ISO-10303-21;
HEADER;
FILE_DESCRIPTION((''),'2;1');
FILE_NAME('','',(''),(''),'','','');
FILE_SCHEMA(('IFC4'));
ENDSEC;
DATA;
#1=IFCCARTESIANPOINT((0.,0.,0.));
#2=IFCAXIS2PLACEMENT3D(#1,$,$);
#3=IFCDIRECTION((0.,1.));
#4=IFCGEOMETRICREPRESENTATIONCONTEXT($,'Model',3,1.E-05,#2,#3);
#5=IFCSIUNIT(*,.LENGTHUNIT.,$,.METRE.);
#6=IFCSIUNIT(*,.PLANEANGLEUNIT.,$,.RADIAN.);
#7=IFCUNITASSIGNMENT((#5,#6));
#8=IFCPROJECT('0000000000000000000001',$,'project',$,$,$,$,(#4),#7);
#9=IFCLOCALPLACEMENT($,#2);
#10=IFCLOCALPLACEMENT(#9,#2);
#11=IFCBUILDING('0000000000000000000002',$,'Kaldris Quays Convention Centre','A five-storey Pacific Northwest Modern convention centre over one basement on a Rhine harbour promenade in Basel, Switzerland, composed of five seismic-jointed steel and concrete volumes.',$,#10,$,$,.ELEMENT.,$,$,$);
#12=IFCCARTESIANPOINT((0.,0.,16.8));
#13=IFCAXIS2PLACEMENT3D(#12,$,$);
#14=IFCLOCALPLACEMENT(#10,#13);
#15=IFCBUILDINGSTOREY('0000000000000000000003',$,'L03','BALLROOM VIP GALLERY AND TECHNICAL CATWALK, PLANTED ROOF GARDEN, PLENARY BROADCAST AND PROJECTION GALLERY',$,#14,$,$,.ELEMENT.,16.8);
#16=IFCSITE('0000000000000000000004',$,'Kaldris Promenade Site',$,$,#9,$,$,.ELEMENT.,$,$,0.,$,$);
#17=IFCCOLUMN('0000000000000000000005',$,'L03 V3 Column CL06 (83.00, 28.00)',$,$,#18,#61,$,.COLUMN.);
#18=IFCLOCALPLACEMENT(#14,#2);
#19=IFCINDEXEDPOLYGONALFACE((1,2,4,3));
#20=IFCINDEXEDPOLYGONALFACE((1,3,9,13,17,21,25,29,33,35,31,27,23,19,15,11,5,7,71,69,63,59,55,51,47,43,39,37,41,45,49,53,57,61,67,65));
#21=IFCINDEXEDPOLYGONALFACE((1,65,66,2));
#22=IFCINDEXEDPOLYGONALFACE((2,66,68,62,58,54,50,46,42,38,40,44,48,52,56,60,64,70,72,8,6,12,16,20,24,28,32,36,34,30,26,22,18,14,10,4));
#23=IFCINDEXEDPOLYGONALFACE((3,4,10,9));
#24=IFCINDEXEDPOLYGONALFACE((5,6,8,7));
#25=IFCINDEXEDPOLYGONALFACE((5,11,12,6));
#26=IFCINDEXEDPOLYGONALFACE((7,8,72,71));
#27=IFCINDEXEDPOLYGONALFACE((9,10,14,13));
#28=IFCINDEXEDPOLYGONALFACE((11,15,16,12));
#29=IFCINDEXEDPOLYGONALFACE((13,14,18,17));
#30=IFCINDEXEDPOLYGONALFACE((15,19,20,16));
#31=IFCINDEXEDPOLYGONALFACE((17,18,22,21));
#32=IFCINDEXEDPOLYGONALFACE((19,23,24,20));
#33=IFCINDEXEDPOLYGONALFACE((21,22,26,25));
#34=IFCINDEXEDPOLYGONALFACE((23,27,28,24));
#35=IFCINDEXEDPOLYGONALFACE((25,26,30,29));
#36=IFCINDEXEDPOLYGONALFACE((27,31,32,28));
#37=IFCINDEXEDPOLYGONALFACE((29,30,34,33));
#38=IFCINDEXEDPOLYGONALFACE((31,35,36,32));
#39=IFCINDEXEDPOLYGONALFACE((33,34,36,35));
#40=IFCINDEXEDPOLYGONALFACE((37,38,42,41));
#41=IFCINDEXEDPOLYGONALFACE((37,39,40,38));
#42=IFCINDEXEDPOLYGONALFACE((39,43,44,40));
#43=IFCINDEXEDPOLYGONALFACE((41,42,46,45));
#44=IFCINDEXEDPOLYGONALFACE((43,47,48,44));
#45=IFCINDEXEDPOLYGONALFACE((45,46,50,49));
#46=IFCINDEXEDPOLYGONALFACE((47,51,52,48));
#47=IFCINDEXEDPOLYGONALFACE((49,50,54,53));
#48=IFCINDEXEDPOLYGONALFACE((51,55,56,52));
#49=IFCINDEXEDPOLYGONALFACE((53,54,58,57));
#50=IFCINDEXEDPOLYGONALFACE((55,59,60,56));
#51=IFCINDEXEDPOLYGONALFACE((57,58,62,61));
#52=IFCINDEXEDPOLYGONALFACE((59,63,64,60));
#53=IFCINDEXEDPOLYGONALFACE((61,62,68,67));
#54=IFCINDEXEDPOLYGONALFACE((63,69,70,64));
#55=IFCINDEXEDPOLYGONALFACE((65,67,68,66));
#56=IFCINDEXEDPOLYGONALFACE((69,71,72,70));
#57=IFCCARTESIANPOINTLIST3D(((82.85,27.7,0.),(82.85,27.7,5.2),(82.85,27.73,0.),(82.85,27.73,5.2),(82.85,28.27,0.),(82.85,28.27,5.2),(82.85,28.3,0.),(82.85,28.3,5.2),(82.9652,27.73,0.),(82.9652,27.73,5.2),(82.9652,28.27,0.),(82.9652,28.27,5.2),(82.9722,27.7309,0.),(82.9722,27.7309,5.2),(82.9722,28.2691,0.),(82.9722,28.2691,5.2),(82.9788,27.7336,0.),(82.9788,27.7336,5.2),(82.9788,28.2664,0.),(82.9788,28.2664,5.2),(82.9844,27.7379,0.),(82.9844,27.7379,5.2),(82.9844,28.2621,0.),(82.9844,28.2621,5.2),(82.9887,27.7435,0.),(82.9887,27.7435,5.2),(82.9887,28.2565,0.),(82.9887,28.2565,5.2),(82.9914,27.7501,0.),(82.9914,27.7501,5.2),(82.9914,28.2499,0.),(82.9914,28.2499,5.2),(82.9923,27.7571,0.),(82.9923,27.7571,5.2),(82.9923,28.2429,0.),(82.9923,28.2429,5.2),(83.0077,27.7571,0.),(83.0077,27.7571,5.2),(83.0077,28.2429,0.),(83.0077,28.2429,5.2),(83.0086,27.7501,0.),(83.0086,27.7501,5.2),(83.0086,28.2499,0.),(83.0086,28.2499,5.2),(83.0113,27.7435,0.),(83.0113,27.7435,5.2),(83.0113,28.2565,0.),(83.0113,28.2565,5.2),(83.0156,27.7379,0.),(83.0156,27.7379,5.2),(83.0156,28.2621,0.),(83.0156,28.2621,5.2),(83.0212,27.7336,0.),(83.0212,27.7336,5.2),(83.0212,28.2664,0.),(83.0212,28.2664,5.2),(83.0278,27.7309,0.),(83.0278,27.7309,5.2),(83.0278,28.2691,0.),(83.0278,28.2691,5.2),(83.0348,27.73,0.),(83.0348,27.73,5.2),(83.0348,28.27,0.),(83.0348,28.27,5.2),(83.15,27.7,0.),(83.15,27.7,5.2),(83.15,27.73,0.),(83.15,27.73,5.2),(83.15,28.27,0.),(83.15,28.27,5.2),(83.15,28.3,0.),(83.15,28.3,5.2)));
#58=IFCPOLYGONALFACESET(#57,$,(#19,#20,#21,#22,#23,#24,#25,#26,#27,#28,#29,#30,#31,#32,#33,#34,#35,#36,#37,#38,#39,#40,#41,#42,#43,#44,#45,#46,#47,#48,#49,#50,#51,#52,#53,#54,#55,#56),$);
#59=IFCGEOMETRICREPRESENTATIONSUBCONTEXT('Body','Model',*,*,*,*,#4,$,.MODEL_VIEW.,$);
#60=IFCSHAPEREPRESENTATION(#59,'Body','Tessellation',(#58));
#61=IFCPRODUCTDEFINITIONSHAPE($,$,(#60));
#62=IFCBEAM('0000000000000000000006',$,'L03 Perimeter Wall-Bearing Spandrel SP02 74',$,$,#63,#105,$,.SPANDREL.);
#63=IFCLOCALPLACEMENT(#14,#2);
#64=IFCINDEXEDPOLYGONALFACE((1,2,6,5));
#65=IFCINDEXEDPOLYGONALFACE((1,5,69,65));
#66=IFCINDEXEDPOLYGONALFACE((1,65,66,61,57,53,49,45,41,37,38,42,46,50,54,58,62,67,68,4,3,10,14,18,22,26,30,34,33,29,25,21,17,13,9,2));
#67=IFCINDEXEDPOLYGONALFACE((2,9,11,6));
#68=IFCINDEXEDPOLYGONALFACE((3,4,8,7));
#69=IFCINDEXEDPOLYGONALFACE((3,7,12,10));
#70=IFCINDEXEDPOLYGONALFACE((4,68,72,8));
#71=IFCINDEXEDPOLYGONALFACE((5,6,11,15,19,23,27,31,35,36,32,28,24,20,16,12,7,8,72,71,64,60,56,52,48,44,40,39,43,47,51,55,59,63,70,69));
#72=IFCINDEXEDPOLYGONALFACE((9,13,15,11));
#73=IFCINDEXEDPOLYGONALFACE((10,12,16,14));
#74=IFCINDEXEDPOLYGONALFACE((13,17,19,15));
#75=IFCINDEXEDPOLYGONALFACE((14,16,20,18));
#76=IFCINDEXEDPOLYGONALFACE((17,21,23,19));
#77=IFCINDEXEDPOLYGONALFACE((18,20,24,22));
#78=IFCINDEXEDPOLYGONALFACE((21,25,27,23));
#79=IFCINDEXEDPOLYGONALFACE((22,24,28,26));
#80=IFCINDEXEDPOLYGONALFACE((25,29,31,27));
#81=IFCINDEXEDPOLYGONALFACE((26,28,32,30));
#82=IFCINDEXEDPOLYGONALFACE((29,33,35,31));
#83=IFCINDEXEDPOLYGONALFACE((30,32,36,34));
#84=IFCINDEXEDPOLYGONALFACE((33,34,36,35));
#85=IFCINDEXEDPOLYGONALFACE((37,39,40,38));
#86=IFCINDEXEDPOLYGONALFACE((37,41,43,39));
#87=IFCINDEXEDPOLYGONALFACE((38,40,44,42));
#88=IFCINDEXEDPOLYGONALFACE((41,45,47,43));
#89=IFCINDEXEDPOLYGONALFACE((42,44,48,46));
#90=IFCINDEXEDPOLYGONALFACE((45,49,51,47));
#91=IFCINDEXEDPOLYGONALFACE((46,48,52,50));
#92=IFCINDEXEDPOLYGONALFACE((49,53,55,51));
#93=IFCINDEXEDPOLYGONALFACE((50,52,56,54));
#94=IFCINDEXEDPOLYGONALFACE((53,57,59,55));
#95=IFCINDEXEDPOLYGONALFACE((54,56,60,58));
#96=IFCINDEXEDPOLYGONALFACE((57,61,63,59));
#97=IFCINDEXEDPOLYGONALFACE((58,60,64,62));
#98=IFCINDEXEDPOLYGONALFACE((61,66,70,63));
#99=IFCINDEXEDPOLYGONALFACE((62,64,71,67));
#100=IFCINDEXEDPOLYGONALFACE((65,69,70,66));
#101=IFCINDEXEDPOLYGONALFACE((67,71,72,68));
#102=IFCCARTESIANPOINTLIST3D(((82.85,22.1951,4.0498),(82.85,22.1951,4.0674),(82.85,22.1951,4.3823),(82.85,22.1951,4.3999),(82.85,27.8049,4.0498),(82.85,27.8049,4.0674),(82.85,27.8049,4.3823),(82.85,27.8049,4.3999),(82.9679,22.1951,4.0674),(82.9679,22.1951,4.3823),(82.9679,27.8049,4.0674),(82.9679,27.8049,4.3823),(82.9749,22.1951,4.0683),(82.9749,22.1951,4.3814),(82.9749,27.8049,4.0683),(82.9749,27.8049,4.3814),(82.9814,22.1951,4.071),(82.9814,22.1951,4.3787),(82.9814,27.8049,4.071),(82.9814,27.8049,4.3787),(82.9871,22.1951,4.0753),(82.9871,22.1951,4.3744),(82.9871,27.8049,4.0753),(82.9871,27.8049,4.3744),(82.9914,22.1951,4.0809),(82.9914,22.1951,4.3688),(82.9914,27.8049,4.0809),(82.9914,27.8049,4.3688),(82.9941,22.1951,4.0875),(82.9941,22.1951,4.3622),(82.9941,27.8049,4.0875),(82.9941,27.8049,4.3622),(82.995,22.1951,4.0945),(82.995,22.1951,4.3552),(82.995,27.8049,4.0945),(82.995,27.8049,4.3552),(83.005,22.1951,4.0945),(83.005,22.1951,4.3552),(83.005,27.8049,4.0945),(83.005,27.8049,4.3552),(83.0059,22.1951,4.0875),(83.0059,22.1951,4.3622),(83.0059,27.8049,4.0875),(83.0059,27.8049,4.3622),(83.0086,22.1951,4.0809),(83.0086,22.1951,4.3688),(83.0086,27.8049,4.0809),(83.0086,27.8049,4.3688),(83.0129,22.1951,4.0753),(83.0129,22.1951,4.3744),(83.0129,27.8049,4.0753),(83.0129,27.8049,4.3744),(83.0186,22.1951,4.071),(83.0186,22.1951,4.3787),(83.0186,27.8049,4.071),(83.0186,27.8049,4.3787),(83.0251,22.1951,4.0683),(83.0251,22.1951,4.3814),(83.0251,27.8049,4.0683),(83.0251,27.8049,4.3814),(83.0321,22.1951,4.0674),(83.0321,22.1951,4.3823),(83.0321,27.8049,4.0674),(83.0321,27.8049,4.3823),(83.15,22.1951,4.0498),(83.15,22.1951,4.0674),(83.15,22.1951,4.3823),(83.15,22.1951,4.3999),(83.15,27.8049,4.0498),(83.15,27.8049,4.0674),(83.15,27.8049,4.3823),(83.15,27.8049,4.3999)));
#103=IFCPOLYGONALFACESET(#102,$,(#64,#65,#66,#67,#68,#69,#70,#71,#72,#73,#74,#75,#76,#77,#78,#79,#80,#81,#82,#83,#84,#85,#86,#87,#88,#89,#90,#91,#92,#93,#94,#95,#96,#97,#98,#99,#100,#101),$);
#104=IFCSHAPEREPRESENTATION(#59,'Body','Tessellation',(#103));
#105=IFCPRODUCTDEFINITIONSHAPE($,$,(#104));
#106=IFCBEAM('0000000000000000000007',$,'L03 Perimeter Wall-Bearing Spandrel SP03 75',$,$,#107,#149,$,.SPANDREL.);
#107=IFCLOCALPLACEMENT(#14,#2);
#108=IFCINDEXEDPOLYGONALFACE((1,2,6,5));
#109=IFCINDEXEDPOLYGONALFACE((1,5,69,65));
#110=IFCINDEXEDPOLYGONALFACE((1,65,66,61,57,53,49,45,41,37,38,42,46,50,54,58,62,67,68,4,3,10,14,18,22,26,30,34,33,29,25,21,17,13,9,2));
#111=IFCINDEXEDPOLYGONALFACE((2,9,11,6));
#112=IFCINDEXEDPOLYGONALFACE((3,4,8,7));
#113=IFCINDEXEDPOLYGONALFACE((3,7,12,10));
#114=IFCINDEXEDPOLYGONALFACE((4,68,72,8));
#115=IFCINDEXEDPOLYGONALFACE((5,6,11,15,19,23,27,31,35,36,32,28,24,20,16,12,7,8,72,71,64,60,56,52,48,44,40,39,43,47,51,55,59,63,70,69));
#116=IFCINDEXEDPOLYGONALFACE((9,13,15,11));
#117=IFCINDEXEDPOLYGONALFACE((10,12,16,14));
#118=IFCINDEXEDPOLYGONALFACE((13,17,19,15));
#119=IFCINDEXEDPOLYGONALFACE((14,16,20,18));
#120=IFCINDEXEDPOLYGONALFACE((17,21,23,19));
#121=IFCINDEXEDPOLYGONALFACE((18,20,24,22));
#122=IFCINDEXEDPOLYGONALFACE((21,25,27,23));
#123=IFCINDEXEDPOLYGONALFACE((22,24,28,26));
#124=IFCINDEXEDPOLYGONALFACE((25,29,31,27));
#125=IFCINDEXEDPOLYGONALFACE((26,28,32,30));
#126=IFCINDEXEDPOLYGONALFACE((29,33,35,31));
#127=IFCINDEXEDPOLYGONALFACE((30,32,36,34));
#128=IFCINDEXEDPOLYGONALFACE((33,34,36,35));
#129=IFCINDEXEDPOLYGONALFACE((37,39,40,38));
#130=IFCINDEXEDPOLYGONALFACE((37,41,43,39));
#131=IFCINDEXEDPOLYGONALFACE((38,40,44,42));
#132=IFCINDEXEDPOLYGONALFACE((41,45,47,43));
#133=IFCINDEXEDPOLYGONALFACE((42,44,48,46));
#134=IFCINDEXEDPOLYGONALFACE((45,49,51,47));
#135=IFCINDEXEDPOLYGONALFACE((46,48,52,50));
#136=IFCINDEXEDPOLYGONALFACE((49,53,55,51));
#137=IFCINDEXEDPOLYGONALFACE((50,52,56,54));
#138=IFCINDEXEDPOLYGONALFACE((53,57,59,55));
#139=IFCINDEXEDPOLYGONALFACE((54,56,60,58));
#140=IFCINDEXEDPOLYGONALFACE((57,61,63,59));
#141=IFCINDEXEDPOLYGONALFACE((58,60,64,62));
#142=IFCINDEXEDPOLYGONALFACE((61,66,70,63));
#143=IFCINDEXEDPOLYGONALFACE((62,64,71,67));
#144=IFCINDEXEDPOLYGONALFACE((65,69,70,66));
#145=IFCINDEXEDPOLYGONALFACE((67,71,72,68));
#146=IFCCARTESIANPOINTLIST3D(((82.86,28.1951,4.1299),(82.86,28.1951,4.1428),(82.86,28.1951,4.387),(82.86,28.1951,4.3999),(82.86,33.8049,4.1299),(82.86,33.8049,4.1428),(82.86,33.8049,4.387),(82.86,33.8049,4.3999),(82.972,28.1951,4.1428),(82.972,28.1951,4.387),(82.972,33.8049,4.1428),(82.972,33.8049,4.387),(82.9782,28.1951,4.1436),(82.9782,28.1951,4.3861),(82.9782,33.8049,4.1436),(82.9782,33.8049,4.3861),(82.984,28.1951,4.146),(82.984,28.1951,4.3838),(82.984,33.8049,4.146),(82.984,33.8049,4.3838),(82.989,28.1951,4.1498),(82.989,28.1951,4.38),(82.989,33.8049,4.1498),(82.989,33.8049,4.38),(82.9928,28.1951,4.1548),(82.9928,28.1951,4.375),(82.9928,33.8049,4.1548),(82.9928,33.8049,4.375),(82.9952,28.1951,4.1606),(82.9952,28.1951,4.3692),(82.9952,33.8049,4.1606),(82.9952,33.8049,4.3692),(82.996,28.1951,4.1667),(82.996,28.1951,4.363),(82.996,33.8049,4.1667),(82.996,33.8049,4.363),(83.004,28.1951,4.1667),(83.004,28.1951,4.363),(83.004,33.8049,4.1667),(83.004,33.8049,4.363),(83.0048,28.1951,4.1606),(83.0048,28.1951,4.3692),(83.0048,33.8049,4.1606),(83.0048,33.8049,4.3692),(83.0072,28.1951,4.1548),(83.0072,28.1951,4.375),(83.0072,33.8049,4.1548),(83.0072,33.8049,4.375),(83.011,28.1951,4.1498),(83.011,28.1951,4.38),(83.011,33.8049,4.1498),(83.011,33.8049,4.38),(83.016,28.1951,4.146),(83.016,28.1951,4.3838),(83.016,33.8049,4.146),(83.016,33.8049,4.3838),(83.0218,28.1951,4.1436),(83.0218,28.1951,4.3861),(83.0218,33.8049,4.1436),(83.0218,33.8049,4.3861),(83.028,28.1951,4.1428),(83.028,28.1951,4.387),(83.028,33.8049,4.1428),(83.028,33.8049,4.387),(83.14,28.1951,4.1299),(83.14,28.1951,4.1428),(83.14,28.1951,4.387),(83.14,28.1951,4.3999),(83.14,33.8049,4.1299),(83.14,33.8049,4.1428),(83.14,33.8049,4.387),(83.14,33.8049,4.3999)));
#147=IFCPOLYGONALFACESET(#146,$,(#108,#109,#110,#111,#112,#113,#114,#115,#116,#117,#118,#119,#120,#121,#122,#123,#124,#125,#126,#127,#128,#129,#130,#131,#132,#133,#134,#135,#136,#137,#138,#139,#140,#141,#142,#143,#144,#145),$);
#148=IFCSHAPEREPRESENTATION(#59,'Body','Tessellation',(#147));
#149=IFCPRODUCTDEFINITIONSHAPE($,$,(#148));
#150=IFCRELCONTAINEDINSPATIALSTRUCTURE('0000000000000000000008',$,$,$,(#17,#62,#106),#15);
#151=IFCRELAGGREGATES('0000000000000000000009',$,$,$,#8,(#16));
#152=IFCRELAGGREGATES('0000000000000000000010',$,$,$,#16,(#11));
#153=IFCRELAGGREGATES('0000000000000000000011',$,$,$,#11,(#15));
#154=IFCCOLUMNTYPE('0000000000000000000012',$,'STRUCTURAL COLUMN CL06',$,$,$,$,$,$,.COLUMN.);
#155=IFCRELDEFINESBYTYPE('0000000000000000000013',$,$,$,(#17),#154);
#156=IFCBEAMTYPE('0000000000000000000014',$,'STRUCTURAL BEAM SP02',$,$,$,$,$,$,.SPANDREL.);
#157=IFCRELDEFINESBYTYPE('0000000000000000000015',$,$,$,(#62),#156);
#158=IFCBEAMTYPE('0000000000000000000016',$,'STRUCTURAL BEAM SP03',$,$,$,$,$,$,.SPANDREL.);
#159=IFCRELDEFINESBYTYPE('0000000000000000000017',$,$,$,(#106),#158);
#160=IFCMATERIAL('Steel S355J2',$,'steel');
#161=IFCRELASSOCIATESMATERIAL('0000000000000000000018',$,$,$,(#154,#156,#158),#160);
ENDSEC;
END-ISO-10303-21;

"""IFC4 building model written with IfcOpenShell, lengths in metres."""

from ifc_helpers import new_model, si_unit, direction, frame, origin, origin_2d, place, context, subcontext, project, spatial, i_section, extrude, material, material_profile, profile_set, type_object, element, save


model = new_model("IFC4")

# Units and contexts
model_context = context("Model", 3, precision=1e-05, world=origin(), true_north=direction((0.0, 1.0)))
body_context = subcontext(model_context, "Body", "Model", "MODEL_VIEW")
ifc_project = project(units=[si_unit("LENGTHUNIT", "METRE"), si_unit("PLANEANGLEUNIT", "RADIAN")], contexts=[model_context])

# Site, building, storey
site_placement = place(None, origin())
site = spatial("IfcSite", under=ifc_project, at=site_placement, Name="Kaldris Promenade Site", CompositionType="ELEMENT", RefElevation=0.0)
building_placement = place(site_placement, origin())
building = spatial("IfcBuilding", under=site, at=building_placement, Name="Kaldris Quays Convention Centre", Description="A five-storey Pacific Northwest Modern convention centre over one basement on a Rhine harbour promenade in Basel, Switzerland, composed of five seismic-jointed steel and concrete volumes.", CompositionType="ELEMENT")
storey_placement = place(building_placement, frame((0.0, 0.0, 16.8)))
storey = spatial("IfcBuildingStorey", under=building, at=storey_placement, Name="L03", Description="BALLROOM VIP GALLERY AND TECHNICAL CATWALK, PLANTED ROOF GARDEN, PLENARY BROADCAST AND PROJECTION GALLERY", CompositionType="ELEMENT", Elevation=16.8)

# Column
ifc_material_1 = material(Name="Steel S355J2", Category="steel")
ifc_material_profile_1 = material_profile(ifc_material_1, i_section(OverallWidth=0.3, OverallDepth=0.6001, WebThickness=0.0154, FlangeThickness=0.03, FilletRadius=0.0271, at=origin_2d()), Name="HEB 600")
ifc_profile_set_1 = profile_set([ifc_material_profile_1], Name="Steel S355J2")
column_type = type_object("IfcColumnType", Name="STRUCTURAL COLUMN CL06", PredefinedType="COLUMN", material=ifc_profile_set_1)
column_placement = place(storey_placement, frame((83.0, 28.0, 0.0), z_axis=(0.0, 0.0, 1.0), x_axis=(1.0, 0.0, 0.0)))
element("IfcColumn", 1, at=column_placement, inside=storey, type_object=column_type, Name="L03 V3 Column CL06 (83.00, 28.00)", PredefinedType="COLUMN", context=body_context, shape_type="SweptSolid", body=[
    extrude(i_section(OverallWidth=0.3, OverallDepth=0.6001, WebThickness=0.0154, FlangeThickness=0.03, FilletRadius=0.0271, at=origin_2d()), origin(), (0.0, 0.0, 1.0), 5.2),
])

# Beams
ifc_material_profile_2 = material_profile(ifc_material_1, i_section(OverallWidth=0.3, OverallDepth=0.3501, WebThickness=0.01, FlangeThickness=0.0176, FilletRadius=0.0271, at=origin_2d()), Name="HEA 360")
ifc_profile_set_2 = profile_set([ifc_material_profile_2], Name="Steel S355J2")
beam_type_1 = type_object("IfcBeamType", Name="STRUCTURAL BEAM SP02", PredefinedType="SPANDREL", material=ifc_profile_set_2)
beam_1_placement = place(storey_placement, frame((83.0, 22.1951, 4.2249), z_axis=(0.0, 1.0, 0.0), x_axis=(-1.0, 0.0, 0.0)))
element("IfcBeam", 2, at=beam_1_placement, inside=storey, type_object=beam_type_1, Name="L03 Perimeter Wall-Bearing Spandrel SP02 74", PredefinedType="SPANDREL", context=body_context, shape_type="SweptSolid", body=[
    extrude(i_section(OverallWidth=0.3, OverallDepth=0.3501, WebThickness=0.01, FlangeThickness=0.0176, FilletRadius=0.0271, at=origin_2d()), origin(), (0.0, 0.0, 1.0), 5.6099),
])
ifc_material_profile_3 = material_profile(ifc_material_1, i_section(OverallWidth=0.28, OverallDepth=0.27, WebThickness=0.0081, FlangeThickness=0.0129, FilletRadius=0.0239, at=origin_2d()), Name="HEA 280")
ifc_profile_set_3 = profile_set([ifc_material_profile_3], Name="Steel S355J2")
beam_type_2 = type_object("IfcBeamType", Name="STRUCTURAL BEAM SP03", PredefinedType="SPANDREL", material=ifc_profile_set_3)
beam_2_placement = place(storey_placement, frame((83.0, 28.1951, 4.2649), z_axis=(0.0, 1.0, 0.0), x_axis=(-1.0, 0.0, 0.0)))
element("IfcBeam", 3, at=beam_2_placement, inside=storey, type_object=beam_type_2, Name="L03 Perimeter Wall-Bearing Spandrel SP03 75", PredefinedType="SPANDREL", context=body_context, shape_type="SweptSolid", body=[
    extrude(i_section(OverallWidth=0.28, OverallDepth=0.27, WebThickness=0.0081, FlangeThickness=0.0129, FilletRadius=0.0239, at=origin_2d()), origin(), (0.0, 0.0, 1.0), 5.6099),
])

save(model, "model.ifc")
